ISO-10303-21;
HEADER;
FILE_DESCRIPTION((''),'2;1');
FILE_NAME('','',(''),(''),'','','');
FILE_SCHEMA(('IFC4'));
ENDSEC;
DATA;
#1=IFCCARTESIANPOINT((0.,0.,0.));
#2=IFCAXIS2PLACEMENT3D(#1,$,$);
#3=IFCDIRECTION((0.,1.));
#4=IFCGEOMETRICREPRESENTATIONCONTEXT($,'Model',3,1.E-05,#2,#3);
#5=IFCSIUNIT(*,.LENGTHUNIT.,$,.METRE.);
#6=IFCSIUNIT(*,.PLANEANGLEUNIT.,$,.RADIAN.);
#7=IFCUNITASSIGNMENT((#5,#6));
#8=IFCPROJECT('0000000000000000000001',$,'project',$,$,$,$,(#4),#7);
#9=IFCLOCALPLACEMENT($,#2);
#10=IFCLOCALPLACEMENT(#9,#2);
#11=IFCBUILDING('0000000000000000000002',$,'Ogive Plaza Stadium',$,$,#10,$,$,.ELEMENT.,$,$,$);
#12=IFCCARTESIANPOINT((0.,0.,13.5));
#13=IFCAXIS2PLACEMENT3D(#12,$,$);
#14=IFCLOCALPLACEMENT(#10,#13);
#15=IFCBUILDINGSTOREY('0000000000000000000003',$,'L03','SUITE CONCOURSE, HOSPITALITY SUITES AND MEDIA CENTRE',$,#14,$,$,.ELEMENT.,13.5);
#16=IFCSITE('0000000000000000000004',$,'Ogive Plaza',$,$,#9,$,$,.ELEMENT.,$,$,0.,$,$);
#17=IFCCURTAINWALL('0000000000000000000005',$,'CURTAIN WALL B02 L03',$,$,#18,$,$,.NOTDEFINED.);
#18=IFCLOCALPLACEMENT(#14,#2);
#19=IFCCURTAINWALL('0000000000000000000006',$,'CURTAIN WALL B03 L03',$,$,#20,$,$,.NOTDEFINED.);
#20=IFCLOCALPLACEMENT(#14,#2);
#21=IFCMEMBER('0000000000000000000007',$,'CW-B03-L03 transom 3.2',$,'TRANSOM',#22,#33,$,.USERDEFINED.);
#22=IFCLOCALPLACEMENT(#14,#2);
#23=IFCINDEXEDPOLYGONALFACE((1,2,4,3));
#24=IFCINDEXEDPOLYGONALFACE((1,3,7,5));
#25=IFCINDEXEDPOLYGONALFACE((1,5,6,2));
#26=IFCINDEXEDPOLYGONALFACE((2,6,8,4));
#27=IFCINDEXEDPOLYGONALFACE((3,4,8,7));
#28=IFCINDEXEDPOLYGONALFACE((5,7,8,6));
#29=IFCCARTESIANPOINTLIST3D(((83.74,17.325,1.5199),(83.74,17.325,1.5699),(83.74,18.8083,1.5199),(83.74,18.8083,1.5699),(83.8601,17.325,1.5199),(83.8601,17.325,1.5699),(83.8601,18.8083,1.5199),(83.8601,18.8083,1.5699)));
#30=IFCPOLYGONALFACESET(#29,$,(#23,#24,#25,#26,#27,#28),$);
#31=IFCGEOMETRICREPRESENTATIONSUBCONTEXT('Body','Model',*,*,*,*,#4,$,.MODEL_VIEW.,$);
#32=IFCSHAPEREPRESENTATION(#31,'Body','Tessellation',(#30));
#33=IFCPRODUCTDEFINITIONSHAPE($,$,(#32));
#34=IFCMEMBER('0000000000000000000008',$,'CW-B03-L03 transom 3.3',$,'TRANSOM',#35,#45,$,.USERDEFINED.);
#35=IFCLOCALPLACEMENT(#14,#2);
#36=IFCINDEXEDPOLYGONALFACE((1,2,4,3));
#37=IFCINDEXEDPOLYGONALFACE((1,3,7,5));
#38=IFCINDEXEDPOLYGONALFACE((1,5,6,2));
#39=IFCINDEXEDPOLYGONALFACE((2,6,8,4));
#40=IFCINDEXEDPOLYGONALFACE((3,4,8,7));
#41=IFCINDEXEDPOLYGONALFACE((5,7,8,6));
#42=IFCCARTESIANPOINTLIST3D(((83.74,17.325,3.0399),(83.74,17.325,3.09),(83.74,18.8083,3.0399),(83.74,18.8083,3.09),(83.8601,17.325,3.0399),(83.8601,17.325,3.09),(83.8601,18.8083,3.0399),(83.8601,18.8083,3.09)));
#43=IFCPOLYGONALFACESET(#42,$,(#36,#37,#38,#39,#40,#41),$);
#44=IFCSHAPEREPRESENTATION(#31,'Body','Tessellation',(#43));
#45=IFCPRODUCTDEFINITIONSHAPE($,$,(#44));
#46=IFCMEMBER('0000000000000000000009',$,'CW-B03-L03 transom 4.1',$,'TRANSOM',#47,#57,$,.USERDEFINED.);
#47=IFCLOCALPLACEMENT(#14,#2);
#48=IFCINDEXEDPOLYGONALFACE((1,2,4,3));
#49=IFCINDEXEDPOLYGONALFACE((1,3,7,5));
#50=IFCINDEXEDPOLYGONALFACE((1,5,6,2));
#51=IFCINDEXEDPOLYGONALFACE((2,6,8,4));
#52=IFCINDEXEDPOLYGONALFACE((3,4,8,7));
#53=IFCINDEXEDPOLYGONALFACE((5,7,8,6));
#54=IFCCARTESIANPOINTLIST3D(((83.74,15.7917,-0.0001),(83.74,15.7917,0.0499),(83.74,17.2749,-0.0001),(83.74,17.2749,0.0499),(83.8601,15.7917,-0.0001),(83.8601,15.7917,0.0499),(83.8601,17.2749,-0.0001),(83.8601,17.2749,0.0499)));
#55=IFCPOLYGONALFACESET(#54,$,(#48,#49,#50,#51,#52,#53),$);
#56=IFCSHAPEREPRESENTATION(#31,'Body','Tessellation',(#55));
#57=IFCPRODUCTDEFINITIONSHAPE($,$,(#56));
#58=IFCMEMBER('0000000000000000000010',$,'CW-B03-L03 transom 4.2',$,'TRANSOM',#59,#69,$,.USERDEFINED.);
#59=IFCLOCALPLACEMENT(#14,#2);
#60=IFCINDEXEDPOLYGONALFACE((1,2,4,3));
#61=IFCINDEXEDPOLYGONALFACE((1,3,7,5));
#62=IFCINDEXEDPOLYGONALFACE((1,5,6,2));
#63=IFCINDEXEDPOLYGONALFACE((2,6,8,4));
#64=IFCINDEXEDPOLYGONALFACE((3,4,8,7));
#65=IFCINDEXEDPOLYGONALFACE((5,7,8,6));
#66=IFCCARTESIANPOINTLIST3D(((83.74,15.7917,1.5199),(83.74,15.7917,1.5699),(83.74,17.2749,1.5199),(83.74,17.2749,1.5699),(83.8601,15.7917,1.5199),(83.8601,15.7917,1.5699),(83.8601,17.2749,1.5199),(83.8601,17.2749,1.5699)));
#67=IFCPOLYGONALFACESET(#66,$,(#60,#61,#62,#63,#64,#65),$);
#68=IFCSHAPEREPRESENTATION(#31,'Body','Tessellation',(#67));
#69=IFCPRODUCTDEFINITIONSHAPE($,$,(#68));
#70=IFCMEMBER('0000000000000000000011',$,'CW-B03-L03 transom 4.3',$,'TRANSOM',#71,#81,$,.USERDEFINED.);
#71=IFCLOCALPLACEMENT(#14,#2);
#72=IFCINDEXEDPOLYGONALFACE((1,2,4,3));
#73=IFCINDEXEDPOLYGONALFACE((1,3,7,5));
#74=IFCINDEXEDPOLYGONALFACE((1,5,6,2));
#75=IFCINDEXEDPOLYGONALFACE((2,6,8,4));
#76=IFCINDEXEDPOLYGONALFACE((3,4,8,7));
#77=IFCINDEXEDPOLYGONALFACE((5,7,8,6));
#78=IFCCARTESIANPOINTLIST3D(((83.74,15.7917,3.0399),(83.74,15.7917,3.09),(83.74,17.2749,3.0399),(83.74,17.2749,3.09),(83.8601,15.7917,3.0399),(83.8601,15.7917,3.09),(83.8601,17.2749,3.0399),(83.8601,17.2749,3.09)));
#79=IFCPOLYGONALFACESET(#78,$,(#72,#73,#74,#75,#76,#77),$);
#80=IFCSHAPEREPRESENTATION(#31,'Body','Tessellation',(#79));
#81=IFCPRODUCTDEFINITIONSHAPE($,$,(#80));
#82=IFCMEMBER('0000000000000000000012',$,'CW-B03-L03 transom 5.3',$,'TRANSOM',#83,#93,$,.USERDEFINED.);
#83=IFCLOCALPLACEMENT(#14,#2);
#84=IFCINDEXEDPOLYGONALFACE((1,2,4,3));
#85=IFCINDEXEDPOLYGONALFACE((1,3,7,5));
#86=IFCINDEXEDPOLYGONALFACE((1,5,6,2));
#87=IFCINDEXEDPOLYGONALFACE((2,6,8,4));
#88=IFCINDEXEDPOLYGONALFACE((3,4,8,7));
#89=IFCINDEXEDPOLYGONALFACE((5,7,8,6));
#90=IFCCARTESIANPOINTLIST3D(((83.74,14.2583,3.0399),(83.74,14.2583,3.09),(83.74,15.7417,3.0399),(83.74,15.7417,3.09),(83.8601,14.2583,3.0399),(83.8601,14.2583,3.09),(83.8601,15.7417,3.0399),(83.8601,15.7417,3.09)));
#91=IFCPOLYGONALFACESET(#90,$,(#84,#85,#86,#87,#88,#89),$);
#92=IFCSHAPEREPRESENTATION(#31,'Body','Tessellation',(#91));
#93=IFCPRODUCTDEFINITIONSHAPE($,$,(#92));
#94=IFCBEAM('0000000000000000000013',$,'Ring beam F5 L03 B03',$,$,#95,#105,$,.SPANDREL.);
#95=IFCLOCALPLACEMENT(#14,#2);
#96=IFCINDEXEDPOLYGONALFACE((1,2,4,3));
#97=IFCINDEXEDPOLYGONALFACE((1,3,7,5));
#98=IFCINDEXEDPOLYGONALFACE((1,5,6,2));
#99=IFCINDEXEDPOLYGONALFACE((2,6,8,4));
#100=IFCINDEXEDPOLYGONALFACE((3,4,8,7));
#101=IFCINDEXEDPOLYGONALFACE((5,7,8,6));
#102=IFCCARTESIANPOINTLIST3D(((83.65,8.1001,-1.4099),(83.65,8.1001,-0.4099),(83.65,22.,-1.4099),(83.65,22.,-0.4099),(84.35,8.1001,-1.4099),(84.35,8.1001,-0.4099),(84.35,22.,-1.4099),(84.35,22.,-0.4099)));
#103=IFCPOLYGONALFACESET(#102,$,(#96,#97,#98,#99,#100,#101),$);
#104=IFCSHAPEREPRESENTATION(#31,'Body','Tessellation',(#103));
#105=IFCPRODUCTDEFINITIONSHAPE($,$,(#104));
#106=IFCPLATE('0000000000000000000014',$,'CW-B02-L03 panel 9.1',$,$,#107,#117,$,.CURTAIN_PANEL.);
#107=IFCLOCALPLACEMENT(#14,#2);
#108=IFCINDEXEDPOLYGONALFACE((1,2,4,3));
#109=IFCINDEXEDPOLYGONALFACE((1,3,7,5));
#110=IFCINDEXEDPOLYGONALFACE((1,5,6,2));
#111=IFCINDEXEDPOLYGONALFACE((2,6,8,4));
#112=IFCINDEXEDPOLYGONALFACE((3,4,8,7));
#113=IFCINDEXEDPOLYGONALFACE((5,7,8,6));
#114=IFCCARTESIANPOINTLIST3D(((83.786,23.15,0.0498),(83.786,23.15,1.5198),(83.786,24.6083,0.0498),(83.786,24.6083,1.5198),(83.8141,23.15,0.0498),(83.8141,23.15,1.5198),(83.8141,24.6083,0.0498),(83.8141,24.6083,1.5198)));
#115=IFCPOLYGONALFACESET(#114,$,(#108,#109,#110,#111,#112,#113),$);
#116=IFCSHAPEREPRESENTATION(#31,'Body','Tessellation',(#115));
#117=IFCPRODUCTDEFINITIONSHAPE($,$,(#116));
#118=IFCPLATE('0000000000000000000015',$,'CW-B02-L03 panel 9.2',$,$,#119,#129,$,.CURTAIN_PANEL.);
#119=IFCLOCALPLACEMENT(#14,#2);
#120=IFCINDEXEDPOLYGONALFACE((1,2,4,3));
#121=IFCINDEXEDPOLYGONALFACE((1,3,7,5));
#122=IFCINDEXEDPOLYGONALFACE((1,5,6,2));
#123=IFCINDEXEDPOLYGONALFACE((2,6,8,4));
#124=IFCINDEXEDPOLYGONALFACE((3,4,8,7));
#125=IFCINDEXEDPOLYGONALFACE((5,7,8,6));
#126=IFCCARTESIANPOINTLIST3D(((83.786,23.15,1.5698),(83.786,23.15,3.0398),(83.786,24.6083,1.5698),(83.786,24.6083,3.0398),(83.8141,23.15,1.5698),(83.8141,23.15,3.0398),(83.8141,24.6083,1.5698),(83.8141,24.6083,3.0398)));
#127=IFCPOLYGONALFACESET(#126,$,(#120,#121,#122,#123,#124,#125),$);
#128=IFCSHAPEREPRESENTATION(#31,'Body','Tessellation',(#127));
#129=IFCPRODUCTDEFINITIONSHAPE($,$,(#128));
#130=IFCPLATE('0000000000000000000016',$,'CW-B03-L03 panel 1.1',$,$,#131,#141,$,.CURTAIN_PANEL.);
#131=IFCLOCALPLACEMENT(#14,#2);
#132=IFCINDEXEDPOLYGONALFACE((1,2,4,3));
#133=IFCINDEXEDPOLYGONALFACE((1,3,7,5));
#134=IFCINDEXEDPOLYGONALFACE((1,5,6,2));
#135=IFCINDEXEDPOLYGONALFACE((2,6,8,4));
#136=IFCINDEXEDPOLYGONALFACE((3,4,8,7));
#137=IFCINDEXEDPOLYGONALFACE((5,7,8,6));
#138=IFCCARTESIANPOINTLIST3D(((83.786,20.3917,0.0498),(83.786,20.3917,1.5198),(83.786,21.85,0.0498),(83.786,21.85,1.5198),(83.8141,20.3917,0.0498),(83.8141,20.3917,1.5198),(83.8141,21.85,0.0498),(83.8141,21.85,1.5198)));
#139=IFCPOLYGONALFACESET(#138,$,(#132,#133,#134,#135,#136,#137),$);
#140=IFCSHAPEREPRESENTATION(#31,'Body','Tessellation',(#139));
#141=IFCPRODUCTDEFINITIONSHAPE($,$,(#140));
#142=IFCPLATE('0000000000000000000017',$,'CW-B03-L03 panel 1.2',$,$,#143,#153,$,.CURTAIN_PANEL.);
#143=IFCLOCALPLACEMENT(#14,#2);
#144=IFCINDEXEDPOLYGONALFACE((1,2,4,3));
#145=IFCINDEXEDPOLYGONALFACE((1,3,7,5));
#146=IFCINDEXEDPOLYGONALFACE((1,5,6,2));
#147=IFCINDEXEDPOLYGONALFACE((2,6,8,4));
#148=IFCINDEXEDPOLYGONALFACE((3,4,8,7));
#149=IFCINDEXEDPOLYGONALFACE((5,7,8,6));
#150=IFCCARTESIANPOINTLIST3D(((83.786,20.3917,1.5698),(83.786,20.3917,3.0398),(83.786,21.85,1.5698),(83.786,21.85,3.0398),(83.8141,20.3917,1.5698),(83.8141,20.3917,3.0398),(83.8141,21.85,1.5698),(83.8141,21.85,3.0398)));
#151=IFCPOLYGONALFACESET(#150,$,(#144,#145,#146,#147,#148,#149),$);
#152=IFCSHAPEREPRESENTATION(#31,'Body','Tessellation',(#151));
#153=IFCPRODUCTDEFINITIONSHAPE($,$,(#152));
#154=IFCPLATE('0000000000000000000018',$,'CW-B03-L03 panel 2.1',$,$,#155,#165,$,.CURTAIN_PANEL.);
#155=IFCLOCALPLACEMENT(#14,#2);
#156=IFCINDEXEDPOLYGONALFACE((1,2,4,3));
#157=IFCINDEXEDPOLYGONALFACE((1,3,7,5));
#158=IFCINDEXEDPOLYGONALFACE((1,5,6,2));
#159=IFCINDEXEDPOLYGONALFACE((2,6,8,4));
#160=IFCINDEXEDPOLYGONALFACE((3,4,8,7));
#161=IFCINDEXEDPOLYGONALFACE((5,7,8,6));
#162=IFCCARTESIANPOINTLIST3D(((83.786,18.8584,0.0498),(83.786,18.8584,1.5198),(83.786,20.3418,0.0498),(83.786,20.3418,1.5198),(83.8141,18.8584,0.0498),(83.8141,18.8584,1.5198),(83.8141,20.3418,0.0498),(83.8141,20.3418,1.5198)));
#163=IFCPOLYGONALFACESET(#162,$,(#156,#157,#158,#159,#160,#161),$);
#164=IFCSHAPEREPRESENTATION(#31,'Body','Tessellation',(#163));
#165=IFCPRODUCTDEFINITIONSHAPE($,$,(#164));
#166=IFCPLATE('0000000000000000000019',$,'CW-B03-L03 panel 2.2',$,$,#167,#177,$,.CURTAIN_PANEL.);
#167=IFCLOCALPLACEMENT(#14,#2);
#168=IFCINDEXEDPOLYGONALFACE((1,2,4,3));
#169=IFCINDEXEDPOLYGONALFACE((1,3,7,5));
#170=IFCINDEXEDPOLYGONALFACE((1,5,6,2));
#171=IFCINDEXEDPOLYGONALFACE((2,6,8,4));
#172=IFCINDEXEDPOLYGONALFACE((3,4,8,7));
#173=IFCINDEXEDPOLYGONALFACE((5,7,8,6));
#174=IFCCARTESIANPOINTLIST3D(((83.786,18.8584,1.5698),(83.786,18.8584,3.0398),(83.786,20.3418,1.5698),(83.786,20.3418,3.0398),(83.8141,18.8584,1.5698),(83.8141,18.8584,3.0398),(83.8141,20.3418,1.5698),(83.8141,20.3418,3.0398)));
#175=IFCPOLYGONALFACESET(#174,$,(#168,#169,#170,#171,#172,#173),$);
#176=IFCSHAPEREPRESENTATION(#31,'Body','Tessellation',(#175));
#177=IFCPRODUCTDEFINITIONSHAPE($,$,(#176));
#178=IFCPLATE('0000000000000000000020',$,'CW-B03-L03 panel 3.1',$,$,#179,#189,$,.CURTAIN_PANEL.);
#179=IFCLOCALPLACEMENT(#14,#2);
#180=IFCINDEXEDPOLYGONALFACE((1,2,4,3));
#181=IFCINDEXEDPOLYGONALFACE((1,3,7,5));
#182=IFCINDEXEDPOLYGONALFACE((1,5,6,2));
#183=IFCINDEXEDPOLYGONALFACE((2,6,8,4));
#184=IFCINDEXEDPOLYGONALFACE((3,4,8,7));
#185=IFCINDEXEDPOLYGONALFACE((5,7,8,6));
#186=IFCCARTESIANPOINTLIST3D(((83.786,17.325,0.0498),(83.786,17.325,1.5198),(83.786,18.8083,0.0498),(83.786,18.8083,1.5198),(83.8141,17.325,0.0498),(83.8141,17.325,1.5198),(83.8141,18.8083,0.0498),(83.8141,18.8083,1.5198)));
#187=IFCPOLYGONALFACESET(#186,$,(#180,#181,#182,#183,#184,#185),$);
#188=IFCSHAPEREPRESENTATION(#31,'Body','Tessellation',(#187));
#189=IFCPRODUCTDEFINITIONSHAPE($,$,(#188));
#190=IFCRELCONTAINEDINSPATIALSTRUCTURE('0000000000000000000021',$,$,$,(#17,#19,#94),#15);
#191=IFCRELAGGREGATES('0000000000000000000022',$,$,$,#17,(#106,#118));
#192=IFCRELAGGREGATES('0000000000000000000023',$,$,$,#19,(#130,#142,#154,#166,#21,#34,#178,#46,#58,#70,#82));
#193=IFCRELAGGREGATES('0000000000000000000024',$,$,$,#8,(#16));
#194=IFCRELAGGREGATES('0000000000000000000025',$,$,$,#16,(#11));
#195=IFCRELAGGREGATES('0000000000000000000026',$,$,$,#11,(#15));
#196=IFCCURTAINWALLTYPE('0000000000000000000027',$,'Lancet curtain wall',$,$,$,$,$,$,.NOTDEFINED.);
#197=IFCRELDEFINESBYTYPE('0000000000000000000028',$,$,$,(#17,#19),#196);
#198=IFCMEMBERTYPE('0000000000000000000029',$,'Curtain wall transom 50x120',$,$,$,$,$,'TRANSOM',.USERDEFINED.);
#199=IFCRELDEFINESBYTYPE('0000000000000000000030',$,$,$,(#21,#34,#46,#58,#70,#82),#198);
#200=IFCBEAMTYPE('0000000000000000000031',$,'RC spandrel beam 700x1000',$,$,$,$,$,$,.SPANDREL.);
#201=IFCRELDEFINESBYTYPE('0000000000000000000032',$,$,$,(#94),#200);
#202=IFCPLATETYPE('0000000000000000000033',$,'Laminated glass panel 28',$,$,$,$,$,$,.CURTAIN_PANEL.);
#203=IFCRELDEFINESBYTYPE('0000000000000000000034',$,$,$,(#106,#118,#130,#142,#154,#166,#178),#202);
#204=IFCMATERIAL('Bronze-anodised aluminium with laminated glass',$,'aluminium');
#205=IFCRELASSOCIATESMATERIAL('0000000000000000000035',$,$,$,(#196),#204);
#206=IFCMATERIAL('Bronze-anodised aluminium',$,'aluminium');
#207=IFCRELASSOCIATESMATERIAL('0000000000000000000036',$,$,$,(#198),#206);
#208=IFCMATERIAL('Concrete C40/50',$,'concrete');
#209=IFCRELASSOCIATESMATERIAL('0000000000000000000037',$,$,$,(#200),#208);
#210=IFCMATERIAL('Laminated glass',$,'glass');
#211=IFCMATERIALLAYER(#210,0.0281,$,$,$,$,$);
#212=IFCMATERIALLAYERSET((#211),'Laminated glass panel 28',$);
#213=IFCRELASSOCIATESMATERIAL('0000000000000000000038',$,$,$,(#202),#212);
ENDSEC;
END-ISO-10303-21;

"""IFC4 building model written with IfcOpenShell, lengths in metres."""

from ifc_helpers import new_model, si_unit, direction, frame, origin, origin_2d, place, context, subcontext, project, spatial, rectangle, extrude, material, layer, layer_set, material_profile, profile_set, type_object, element, aggregate, save


model = new_model("IFC4")

# Units and contexts
model_context = context("Model", 3, precision=1e-05, world=origin(), true_north=direction((0.0, 1.0)))
body_context = subcontext(model_context, "Body", "Model", "MODEL_VIEW")
ifc_project = project(units=[si_unit("LENGTHUNIT", "METRE"), si_unit("PLANEANGLEUNIT", "RADIAN")], contexts=[model_context])

# Site, building, storey
site_placement = place(None, origin())
site = spatial("IfcSite", under=ifc_project, at=site_placement, Name="Ogive Plaza", CompositionType="ELEMENT", RefElevation=0.0)
building_placement = place(site_placement, origin())
building = spatial("IfcBuilding", under=site, at=building_placement, Name="Ogive Plaza Stadium", CompositionType="ELEMENT")
storey_placement = place(building_placement, frame((0.0, 0.0, 13.5)))
storey = spatial("IfcBuildingStorey", under=building, at=storey_placement, Name="L03", Description="SUITE CONCOURSE, HOSPITALITY SUITES AND MEDIA CENTRE", CompositionType="ELEMENT", Elevation=13.5)

# Curtain wall
ifc_material_1 = material(Name="Bronze-anodised aluminium with laminated glass", Category="aluminium")
curtain_wall_type = type_object("IfcCurtainWallType", Name="Lancet curtain wall", PredefinedType="NOTDEFINED", material=ifc_material_1)
curtain_wall_1_placement = place(storey_placement, origin())
curtain_wall_1 = element("IfcCurtainWall", 1, at=curtain_wall_1_placement, inside=storey, type_object=curtain_wall_type, Name="CURTAIN WALL B02 L03", PredefinedType="NOTDEFINED")

# Curtain wall, members
curtain_wall_2_placement = place(storey_placement, origin())
curtain_wall_2 = element("IfcCurtainWall", 2, at=curtain_wall_2_placement, inside=storey, type_object=curtain_wall_type, Name="CURTAIN WALL B03 L03", PredefinedType="NOTDEFINED")
ifc_material_2 = material(Name="Bronze-anodised aluminium", Category="aluminium")
ifc_material_profile_1 = material_profile(ifc_material_2, rectangle(XDim=0.1201, YDim=0.05, at=origin_2d()), Name="AL 120x50")
ifc_profile_set_1 = profile_set([ifc_material_profile_1], Name="Bronze-anodised aluminium")
member_type_1 = type_object("IfcMemberType", Name="Curtain wall transom 50x120", ElementType="TRANSOM", PredefinedType="USERDEFINED", material=ifc_profile_set_1)
member_1_placement = place(storey_placement, frame((83.8, 18.8083, 1.5449), z_axis=(0.0, -1.0, 0.0), x_axis=(1.0, 0.0, 0.0)))
member_1 = element("IfcMember", 3, at=member_1_placement, type_object=member_type_1, Name="CW-B03-L03 transom 3.2", ObjectType="TRANSOM", PredefinedType="USERDEFINED", context=body_context, shape_type="SweptSolid", body=[
    extrude(rectangle(XDim=0.1201, YDim=0.05, at=origin_2d()), origin(), (0.0, 0.0, 1.0), 1.4834),
])
member_2_placement = place(storey_placement, frame((83.8, 18.8083, 3.0649), z_axis=(0.0, -1.0, 0.0), x_axis=(1.0, 0.0, 0.0)))
member_2 = element("IfcMember", 4, at=member_2_placement, type_object=member_type_1, Name="CW-B03-L03 transom 3.3", ObjectType="TRANSOM", PredefinedType="USERDEFINED", context=body_context, shape_type="SweptSolid", body=[
    extrude(rectangle(XDim=0.1201, YDim=0.05, at=origin_2d()), origin(), (0.0, 0.0, 1.0), 1.4834),
])
member_3_placement = place(storey_placement, frame((83.8, 17.2749, 0.0249), z_axis=(0.0, -1.0, 0.0), x_axis=(1.0, 0.0, 0.0)))
member_3 = element("IfcMember", 5, at=member_3_placement, type_object=member_type_1, Name="CW-B03-L03 transom 4.1", ObjectType="TRANSOM", PredefinedType="USERDEFINED", context=body_context, shape_type="SweptSolid", body=[
    extrude(rectangle(XDim=0.1201, YDim=0.05, at=origin_2d()), origin(), (0.0, 0.0, 1.0), 1.4832),
])
member_4_placement = place(storey_placement, frame((83.8, 17.2749, 1.5449), z_axis=(0.0, -1.0, 0.0), x_axis=(1.0, 0.0, 0.0)))
member_4 = element("IfcMember", 6, at=member_4_placement, type_object=member_type_1, Name="CW-B03-L03 transom 4.2", ObjectType="TRANSOM", PredefinedType="USERDEFINED", context=body_context, shape_type="SweptSolid", body=[
    extrude(rectangle(XDim=0.1201, YDim=0.05, at=origin_2d()), origin(), (0.0, 0.0, 1.0), 1.4832),
])
member_5_placement = place(storey_placement, frame((83.8, 17.2749, 3.0649), z_axis=(0.0, -1.0, 0.0), x_axis=(1.0, 0.0, 0.0)))
member_5 = element("IfcMember", 7, at=member_5_placement, type_object=member_type_1, Name="CW-B03-L03 transom 4.3", ObjectType="TRANSOM", PredefinedType="USERDEFINED", context=body_context, shape_type="SweptSolid", body=[
    extrude(rectangle(XDim=0.1201, YDim=0.05, at=origin_2d()), origin(), (0.0, 0.0, 1.0), 1.4832),
])
member_6_placement = place(storey_placement, frame((83.8, 15.7417, 3.0649), z_axis=(0.0, -1.0, 0.0), x_axis=(1.0, 0.0, 0.0)))
member_6 = element("IfcMember", 8, at=member_6_placement, type_object=member_type_1, Name="CW-B03-L03 transom 5.3", ObjectType="TRANSOM", PredefinedType="USERDEFINED", context=body_context, shape_type="SweptSolid", body=[
    extrude(rectangle(XDim=0.1201, YDim=0.05, at=origin_2d()), origin(), (0.0, 0.0, 1.0), 1.4834),
])

# Beam
ifc_material_3 = material(Name="Concrete C40/50", Category="concrete")
ifc_material_profile_2 = material_profile(ifc_material_3, rectangle(XDim=0.7, YDim=1.0, at=origin_2d()), Name="RC 700x1000")
ifc_profile_set_2 = profile_set([ifc_material_profile_2], Name="Concrete C40/50")
beam_type = type_object("IfcBeamType", Name="RC spandrel beam 700x1000", PredefinedType="SPANDREL", material=ifc_profile_set_2)
beam_placement = place(storey_placement, frame((84.0, 22.0, -0.9099), z_axis=(0.0, -1.0, 0.0), x_axis=(1.0, 0.0, 0.0)))
element("IfcBeam", 9, at=beam_placement, inside=storey, type_object=beam_type, Name="Ring beam F5 L03 B03", PredefinedType="SPANDREL", context=body_context, shape_type="SweptSolid", body=[
    extrude(rectangle(XDim=0.7, YDim=1.0, at=origin_2d()), origin(), (0.0, 0.0, 1.0), 13.8999),
])

# Plates
ifc_material_4 = material(Name="Laminated glass", Category="glass")
ifc_layer = layer(ifc_material_4, 0.0281)
ifc_layer_set = layer_set([ifc_layer], Name="Laminated glass panel 28")
plate_type = type_object("IfcPlateType", Name="Laminated glass panel 28", PredefinedType="CURTAIN_PANEL", material=ifc_layer_set)
plate_1_placement = place(storey_placement, frame((83.8, 23.8792, 0.0498), z_axis=(0.0, 0.0, 1.0), x_axis=(0.0, -1.0, 0.0)))
plate_1 = element("IfcPlate", 10, at=plate_1_placement, type_object=plate_type, Name="CW-B02-L03 panel 9.1", PredefinedType="CURTAIN_PANEL", context=body_context, shape_type="SweptSolid", body=[
    extrude(rectangle(XDim=1.4583, YDim=0.0281, at=origin_2d()), origin(), (0.0, 0.0, 1.0), 1.47),
])
plate_2_placement = place(storey_placement, frame((83.8, 23.8792, 1.5698), z_axis=(0.0, 0.0, 1.0), x_axis=(0.0, -1.0, 0.0)))
plate_2 = element("IfcPlate", 11, at=plate_2_placement, type_object=plate_type, Name="CW-B02-L03 panel 9.2", PredefinedType="CURTAIN_PANEL", context=body_context, shape_type="SweptSolid", body=[
    extrude(rectangle(XDim=1.4583, YDim=0.0281, at=origin_2d()), origin(), (0.0, 0.0, 1.0), 1.47),
])
aggregate(curtain_wall_1, [plate_1, plate_2])
plate_3_placement = place(storey_placement, frame((83.8, 21.1208, 0.0498), z_axis=(0.0, 0.0, 1.0), x_axis=(0.0, -1.0, 0.0)))
plate_3 = element("IfcPlate", 12, at=plate_3_placement, type_object=plate_type, Name="CW-B03-L03 panel 1.1", PredefinedType="CURTAIN_PANEL", context=body_context, shape_type="SweptSolid", body=[
    extrude(rectangle(XDim=1.4583, YDim=0.0281, at=origin_2d()), origin(), (0.0, 0.0, 1.0), 1.47),
])
plate_4_placement = place(storey_placement, frame((83.8, 21.1208, 1.5698), z_axis=(0.0, 0.0, 1.0), x_axis=(0.0, -1.0, 0.0)))
plate_4 = element("IfcPlate", 13, at=plate_4_placement, type_object=plate_type, Name="CW-B03-L03 panel 1.2", PredefinedType="CURTAIN_PANEL", context=body_context, shape_type="SweptSolid", body=[
    extrude(rectangle(XDim=1.4583, YDim=0.0281, at=origin_2d()), origin(), (0.0, 0.0, 1.0), 1.47),
])
plate_5_placement = place(storey_placement, frame((83.8, 19.6001, 0.0498), z_axis=(0.0, 0.0, 1.0), x_axis=(0.0, -1.0, 0.0)))
plate_5 = element("IfcPlate", 14, at=plate_5_placement, type_object=plate_type, Name="CW-B03-L03 panel 2.1", PredefinedType="CURTAIN_PANEL", context=body_context, shape_type="SweptSolid", body=[
    extrude(rectangle(XDim=1.4834, YDim=0.0281, at=origin_2d()), origin(), (0.0, 0.0, 1.0), 1.47),
])
plate_6_placement = place(storey_placement, frame((83.8, 19.6001, 1.5698), z_axis=(0.0, 0.0, 1.0), x_axis=(0.0, -1.0, 0.0)))
plate_6 = element("IfcPlate", 15, at=plate_6_placement, type_object=plate_type, Name="CW-B03-L03 panel 2.2", PredefinedType="CURTAIN_PANEL", context=body_context, shape_type="SweptSolid", body=[
    extrude(rectangle(XDim=1.4834, YDim=0.0281, at=origin_2d()), origin(), (0.0, 0.0, 1.0), 1.47),
])
plate_7_placement = place(storey_placement, frame((83.8, 18.0667, 0.0498), z_axis=(0.0, 0.0, 1.0), x_axis=(0.0, -1.0, 0.0)))
plate_7 = element("IfcPlate", 16, at=plate_7_placement, type_object=plate_type, Name="CW-B03-L03 panel 3.1", PredefinedType="CURTAIN_PANEL", context=body_context, shape_type="SweptSolid", body=[
    extrude(rectangle(XDim=1.4834, YDim=0.0281, at=origin_2d()), origin(), (0.0, 0.0, 1.0), 1.47),
])
aggregate(curtain_wall_2, [plate_3, plate_4, plate_5, plate_6, member_1, member_2, plate_7, member_3, member_4, member_5, member_6])

save(model, "model.ifc")
